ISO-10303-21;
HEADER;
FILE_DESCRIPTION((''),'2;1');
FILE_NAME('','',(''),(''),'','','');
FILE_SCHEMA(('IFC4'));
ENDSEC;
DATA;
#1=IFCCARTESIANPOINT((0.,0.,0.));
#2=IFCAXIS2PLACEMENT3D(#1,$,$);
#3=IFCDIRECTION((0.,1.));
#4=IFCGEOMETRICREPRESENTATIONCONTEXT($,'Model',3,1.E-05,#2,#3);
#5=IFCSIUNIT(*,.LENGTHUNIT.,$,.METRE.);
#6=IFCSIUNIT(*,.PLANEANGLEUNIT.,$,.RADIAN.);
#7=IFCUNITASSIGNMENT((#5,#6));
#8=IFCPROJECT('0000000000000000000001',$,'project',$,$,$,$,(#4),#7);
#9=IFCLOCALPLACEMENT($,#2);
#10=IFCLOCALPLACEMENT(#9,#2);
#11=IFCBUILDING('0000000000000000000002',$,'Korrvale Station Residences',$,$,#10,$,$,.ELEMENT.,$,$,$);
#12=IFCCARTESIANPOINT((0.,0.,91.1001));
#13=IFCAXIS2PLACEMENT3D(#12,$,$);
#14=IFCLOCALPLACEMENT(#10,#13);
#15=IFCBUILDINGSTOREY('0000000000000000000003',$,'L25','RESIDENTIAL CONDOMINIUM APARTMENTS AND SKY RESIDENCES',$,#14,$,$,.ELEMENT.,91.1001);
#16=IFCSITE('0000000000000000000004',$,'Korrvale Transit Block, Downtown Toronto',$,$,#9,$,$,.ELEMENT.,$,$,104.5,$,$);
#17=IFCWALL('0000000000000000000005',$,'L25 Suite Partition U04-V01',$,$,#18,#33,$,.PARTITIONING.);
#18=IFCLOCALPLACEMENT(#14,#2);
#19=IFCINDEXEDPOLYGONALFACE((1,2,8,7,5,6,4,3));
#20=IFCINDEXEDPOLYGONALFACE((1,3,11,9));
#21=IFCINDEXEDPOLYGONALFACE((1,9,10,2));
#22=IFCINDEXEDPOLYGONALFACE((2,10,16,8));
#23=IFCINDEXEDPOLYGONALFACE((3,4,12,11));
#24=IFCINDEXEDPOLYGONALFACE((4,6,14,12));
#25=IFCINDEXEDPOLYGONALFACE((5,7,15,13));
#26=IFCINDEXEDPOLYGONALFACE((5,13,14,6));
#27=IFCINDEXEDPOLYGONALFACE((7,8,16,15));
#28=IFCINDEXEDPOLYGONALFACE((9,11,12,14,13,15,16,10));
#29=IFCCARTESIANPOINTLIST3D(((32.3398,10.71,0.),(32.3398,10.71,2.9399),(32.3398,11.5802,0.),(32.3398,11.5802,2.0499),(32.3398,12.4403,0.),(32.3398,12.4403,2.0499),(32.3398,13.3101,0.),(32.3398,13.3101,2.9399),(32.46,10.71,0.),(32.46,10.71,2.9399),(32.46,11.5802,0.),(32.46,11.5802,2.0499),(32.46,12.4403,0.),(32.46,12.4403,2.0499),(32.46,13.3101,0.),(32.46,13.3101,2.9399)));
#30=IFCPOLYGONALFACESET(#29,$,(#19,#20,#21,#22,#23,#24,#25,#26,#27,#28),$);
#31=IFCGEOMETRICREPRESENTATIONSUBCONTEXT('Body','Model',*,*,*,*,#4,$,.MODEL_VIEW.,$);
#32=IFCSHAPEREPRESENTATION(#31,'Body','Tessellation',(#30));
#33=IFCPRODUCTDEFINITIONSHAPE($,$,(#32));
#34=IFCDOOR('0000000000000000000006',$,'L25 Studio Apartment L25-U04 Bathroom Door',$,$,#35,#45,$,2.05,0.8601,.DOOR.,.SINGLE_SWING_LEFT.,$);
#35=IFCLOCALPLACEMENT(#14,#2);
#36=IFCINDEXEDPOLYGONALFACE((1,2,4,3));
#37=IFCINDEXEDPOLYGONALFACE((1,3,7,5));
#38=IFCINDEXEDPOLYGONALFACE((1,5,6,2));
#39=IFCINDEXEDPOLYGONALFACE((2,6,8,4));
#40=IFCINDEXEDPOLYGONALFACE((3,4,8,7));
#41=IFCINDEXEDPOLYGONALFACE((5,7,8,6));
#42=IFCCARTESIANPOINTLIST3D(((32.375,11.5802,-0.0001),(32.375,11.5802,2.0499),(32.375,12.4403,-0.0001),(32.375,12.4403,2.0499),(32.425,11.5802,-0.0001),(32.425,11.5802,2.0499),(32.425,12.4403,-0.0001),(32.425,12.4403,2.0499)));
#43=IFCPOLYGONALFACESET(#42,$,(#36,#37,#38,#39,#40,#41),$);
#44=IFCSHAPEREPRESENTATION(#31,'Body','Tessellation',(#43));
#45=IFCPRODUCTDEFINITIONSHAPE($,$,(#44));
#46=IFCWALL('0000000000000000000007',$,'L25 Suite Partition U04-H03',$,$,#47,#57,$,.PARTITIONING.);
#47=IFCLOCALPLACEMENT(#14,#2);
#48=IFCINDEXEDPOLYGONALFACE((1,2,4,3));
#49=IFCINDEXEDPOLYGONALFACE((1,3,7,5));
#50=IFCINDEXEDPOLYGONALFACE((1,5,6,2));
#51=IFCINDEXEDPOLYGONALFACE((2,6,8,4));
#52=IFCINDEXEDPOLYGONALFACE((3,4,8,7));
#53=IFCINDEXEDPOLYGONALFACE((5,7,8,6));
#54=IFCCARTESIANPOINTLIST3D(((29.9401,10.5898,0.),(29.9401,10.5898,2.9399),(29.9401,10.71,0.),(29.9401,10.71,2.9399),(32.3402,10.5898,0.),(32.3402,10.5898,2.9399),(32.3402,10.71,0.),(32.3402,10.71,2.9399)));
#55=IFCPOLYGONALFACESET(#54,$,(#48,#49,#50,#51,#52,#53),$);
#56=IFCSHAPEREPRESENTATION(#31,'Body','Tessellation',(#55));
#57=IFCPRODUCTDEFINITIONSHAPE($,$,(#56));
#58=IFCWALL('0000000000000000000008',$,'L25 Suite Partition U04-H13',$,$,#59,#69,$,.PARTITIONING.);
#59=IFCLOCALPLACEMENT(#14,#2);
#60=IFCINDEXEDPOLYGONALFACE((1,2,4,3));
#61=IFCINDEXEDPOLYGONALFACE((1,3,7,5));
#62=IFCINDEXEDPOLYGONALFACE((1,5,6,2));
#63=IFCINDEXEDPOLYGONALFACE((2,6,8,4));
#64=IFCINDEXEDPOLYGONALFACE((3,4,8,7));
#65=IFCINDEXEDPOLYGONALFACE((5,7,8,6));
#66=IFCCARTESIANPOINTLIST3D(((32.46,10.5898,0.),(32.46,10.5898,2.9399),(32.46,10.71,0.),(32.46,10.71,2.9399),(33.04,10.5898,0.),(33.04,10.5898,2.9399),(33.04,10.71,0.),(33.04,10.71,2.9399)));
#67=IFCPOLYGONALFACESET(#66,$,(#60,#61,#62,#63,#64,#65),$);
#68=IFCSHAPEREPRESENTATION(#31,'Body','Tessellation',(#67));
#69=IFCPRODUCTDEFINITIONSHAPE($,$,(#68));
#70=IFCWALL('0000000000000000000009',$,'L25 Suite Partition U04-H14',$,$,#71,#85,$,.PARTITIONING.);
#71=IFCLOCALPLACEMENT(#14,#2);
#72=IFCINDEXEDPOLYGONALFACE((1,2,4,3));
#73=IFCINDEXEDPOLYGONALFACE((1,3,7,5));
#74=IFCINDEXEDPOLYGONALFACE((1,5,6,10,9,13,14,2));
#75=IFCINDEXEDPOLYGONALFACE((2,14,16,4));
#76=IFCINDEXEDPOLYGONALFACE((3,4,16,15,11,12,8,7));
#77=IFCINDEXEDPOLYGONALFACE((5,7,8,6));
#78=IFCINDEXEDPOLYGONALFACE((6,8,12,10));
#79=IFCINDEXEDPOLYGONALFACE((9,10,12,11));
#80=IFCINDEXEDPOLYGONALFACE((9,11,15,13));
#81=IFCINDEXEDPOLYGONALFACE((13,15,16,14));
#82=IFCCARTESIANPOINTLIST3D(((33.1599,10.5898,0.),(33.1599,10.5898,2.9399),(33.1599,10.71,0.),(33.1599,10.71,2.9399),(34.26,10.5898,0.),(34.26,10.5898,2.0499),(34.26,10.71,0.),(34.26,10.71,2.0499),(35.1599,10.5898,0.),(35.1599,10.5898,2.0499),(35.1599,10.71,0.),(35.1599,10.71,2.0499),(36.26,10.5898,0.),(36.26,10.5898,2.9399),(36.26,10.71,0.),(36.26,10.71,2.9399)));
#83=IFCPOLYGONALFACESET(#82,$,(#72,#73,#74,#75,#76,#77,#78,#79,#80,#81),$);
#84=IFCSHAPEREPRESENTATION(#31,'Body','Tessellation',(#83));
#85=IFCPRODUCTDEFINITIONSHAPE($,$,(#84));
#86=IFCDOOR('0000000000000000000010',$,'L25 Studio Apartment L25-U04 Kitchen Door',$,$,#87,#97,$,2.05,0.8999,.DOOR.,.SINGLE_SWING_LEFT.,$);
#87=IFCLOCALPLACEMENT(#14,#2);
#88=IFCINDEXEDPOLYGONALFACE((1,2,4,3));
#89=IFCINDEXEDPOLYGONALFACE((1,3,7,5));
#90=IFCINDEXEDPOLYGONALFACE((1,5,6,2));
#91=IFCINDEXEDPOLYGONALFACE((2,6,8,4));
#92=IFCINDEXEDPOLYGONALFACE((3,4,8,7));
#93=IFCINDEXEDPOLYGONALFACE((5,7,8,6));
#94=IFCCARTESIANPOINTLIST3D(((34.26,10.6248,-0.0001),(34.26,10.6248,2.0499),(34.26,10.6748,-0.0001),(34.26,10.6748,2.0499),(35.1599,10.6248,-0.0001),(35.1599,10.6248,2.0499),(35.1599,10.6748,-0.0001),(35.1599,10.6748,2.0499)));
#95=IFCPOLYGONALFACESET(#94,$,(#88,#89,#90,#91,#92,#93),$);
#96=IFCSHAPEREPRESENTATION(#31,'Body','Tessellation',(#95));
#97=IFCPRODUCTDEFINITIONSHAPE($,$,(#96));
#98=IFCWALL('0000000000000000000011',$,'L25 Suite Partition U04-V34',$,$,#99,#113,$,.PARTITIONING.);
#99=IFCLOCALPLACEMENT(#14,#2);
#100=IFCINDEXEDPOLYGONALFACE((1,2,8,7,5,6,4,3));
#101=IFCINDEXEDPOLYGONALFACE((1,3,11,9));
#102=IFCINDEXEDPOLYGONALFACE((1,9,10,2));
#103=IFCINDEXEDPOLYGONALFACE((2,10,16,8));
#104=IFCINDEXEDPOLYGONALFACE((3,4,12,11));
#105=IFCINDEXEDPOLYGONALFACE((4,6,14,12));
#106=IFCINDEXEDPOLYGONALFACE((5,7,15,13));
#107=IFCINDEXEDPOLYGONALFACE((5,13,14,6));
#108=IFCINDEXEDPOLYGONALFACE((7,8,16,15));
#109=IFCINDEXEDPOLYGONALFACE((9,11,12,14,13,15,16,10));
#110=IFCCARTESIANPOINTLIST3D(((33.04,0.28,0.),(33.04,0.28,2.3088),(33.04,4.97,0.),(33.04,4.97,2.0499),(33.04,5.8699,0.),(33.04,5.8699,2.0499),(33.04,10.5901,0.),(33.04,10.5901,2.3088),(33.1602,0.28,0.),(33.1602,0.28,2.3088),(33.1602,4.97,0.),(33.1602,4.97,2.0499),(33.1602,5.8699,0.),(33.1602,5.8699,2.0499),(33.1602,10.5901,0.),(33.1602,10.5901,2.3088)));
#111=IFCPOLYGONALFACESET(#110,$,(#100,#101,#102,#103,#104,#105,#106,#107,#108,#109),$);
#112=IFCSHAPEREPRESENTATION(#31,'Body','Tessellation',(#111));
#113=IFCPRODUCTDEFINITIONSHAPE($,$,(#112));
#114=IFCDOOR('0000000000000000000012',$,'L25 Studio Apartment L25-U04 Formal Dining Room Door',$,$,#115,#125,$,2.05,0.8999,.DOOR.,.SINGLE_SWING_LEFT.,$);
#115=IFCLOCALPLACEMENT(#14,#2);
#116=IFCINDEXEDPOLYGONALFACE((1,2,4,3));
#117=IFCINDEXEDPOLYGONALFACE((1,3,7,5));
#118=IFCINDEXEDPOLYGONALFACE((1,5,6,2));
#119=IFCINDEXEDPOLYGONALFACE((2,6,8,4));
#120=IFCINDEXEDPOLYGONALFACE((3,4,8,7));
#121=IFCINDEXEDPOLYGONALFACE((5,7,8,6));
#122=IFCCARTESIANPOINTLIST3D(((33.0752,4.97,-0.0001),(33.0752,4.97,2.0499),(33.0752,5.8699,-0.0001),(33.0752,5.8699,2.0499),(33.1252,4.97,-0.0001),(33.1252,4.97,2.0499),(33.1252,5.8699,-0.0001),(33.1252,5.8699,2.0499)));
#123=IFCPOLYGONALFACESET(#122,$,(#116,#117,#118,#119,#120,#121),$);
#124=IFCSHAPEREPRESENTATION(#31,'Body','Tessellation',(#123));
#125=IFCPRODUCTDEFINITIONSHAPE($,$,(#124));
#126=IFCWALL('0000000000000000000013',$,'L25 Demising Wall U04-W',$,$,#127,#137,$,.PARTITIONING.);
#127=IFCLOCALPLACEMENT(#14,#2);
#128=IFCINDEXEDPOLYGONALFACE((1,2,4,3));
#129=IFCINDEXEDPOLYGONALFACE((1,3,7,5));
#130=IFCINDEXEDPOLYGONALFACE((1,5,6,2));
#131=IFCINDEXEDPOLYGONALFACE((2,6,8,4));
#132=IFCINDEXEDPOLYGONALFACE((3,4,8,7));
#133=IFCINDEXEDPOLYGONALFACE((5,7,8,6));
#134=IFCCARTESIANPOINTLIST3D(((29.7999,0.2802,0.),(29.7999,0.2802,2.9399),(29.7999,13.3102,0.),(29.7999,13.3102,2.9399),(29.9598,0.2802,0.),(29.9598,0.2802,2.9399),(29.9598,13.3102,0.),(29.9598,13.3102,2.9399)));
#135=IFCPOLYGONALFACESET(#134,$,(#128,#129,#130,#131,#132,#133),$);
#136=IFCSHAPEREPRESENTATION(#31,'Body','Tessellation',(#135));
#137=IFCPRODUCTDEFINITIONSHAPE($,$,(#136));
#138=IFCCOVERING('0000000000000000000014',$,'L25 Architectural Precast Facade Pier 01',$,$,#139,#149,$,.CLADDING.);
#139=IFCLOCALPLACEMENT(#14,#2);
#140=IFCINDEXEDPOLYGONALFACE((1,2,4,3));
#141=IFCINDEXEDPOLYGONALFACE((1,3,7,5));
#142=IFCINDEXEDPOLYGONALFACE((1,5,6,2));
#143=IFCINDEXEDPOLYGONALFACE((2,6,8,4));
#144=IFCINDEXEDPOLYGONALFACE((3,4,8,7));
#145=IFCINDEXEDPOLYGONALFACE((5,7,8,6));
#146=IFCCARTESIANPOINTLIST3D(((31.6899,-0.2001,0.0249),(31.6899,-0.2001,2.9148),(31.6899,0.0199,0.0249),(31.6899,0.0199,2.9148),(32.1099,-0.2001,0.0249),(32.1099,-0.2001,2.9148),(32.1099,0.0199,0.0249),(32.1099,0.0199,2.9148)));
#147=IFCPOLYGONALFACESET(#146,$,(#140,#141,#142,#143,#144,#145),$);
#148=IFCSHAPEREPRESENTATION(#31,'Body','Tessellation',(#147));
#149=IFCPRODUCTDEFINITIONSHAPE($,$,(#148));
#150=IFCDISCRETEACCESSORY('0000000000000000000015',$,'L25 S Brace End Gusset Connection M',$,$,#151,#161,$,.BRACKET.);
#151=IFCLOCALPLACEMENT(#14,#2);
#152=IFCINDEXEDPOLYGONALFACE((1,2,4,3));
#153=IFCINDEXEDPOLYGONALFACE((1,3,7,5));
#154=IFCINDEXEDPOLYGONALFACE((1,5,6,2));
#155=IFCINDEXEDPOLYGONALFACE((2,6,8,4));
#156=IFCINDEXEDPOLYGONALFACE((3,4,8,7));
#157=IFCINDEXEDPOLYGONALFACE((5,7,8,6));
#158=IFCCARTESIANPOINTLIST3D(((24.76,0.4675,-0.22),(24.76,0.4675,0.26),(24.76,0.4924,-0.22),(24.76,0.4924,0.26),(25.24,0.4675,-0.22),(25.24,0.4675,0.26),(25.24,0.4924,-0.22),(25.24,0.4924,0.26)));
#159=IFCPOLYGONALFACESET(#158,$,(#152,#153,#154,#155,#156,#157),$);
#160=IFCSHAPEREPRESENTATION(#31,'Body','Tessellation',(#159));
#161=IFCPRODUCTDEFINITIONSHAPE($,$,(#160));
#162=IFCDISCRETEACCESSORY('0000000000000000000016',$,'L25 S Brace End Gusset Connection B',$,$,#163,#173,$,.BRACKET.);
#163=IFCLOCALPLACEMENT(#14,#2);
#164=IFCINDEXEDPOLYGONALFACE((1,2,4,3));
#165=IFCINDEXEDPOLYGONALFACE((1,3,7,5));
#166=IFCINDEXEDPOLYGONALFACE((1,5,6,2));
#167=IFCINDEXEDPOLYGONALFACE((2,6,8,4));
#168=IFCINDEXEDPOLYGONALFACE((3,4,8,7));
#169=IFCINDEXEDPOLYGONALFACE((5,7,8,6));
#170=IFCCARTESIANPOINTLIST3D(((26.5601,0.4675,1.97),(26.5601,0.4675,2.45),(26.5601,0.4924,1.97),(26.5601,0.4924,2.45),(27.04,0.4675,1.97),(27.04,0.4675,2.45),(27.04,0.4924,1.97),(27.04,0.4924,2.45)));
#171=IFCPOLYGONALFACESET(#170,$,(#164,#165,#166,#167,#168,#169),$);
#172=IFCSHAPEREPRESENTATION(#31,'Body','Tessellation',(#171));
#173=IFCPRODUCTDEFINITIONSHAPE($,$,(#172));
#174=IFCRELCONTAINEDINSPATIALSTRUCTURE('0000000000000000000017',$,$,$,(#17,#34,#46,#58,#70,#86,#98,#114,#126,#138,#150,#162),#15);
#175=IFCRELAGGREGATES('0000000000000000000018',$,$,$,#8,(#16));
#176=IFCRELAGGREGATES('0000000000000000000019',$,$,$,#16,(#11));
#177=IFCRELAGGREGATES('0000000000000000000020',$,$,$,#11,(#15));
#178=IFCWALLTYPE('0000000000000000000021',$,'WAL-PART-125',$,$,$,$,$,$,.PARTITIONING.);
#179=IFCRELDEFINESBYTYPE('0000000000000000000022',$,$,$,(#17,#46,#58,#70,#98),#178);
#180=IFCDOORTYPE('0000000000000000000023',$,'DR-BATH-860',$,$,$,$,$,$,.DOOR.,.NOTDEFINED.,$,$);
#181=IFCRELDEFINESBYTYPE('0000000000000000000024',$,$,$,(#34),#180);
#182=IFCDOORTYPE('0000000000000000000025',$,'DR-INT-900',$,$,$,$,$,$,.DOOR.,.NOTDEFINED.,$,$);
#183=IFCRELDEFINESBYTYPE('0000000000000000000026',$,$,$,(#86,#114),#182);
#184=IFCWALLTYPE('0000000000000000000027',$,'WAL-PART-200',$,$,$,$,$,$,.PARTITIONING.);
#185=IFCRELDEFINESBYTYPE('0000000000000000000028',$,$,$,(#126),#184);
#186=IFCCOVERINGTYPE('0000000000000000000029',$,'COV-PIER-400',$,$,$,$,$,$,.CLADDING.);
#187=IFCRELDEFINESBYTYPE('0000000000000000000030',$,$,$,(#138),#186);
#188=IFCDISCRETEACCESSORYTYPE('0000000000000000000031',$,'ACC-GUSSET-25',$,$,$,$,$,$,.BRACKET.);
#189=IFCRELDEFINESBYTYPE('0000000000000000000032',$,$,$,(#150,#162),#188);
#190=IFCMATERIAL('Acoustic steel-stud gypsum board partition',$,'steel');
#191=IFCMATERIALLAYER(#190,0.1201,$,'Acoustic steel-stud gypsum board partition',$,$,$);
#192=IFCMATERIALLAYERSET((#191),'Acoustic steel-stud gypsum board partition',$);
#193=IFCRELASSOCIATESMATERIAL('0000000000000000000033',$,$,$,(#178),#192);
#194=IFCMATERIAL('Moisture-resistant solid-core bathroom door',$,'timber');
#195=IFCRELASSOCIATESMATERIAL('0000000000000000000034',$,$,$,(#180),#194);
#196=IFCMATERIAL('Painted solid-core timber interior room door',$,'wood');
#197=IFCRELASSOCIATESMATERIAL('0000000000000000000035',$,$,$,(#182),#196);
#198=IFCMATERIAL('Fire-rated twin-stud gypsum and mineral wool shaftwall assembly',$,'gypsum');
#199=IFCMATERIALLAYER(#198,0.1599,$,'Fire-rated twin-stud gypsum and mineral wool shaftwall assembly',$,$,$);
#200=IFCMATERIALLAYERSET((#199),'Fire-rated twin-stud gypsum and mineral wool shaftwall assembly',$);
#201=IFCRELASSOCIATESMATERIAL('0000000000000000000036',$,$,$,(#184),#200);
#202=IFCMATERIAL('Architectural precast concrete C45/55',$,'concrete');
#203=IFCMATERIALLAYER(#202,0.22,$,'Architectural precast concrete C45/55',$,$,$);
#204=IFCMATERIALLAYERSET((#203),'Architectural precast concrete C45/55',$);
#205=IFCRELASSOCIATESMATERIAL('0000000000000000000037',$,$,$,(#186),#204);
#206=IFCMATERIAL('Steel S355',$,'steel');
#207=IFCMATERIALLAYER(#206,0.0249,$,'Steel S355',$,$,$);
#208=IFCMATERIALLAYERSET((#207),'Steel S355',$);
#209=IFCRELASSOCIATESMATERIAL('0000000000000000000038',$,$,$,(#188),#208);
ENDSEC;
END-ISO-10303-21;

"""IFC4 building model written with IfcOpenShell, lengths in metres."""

from ifc_helpers import new_model, si_unit, direction, frame, frame_2d, origin, origin_2d, place, context, subcontext, project, spatial, rectangle, extrude, material, layer, layer_set, type_object, element, fill, save


model = new_model("IFC4")

# Units and contexts
model_context = context("Model", 3, precision=1e-05, world=origin(), true_north=direction((0.0, 1.0)))
body_context = subcontext(model_context, "Body", "Model", "MODEL_VIEW")
ifc_project = project(units=[si_unit("LENGTHUNIT", "METRE"), si_unit("PLANEANGLEUNIT", "RADIAN")], contexts=[model_context])

# Site, building, storey
site_placement = place(None, origin())
site = spatial("IfcSite", under=ifc_project, at=site_placement, Name="Korrvale Transit Block, Downtown Toronto", CompositionType="ELEMENT", RefElevation=104.5)
building_placement = place(site_placement, origin())
building = spatial("IfcBuilding", under=site, at=building_placement, Name="Korrvale Station Residences", CompositionType="ELEMENT")
storey_placement = place(building_placement, frame((0.0, 0.0, 91.1001)))
storey = spatial("IfcBuildingStorey", under=building, at=storey_placement, Name="L25", Description="RESIDENTIAL CONDOMINIUM APARTMENTS AND SKY RESIDENCES", CompositionType="ELEMENT", Elevation=91.1001)

# Shared definitions
ifc_material_1 = material(Name="Steel S355", Category="steel")

# Shared definitions
ifc_material_2 = material(Name="Acoustic steel-stud gypsum board partition", Category="steel")
ifc_layer_1 = layer(ifc_material_2, 0.1201, Name="Acoustic steel-stud gypsum board partition")
ifc_layer_set_1 = layer_set([ifc_layer_1], Name="Acoustic steel-stud gypsum board partition")
wall_type_1 = type_object("IfcWallType", Name="WAL-PART-125", PredefinedType="PARTITIONING", material=ifc_layer_set_1)
ifc_material_3 = material(Name="Moisture-resistant solid-core bathroom door", Category="timber")
door_type_1 = type_object("IfcDoorType", Name="DR-BATH-860", OperationType="NOTDEFINED", PredefinedType="DOOR", material=ifc_material_3)

# Wall, opening, door
ifc_material_4 = material(Name="Painted solid-core timber interior room door", Category="wood")
door_type_2 = type_object("IfcDoorType", Name="DR-INT-900", OperationType="NOTDEFINED", PredefinedType="DOOR", material=ifc_material_4)
wall_1_placement = place(storey_placement, frame((32.3999, 10.71, 0.0), z_axis=(0.0, 0.0, 1.0), x_axis=(0.0, 1.0, 0.0)))
wall_1 = element("IfcWall", 1, at=wall_1_placement, inside=storey, type_object=wall_type_1, Name="L25 Suite Partition U04-V01", PredefinedType="PARTITIONING", context=body_context, shape_type="SweptSolid", body=[
    extrude(rectangle(XDim=2.6001, YDim=0.1201, at=frame_2d((1.3, 0.0))), origin(), (0.0, 0.0, 1.0), 2.9399),
])
opening_1_placement = place(wall_1_placement, frame((0.8701, 0.0, 0.0)))
opening_1 = element("IfcOpeningElement", 2, at=opening_1_placement, cuts=wall_1, PredefinedType="OPENING", context=body_context, shape_type="SweptSolid", body=[
    extrude(rectangle(XDim=0.8601, YDim=2.05, at=frame_2d((0.4302, 1.0249))), frame((0.0, 0.0701, 0.0), z_axis=(0.0, -1.0, 0.0), x_axis=(1.0, 0.0, 0.0)), (0.0, 0.0, 1.0), 0.1401),
])
door_1_placement = place(opening_1_placement, origin())
door_1 = element("IfcDoor", 3, at=door_1_placement, inside=storey, type_object=door_type_1, Name="L25 Studio Apartment L25-U04 Bathroom Door", OperationType="SINGLE_SWING_LEFT", OverallHeight=2.05, OverallWidth=0.8601, PredefinedType="DOOR", context=body_context, shape_type="SweptSolid", body=[
    extrude(rectangle(XDim=0.8601, YDim=2.05, at=frame_2d((0.4302, 1.0249))), frame((0.0, 0.0249, 0.0), z_axis=(0.0, -1.0, 0.0), x_axis=(1.0, 0.0, 0.0)), (0.0, 0.0, 1.0), 0.05),
])
fill(opening_1, door_1)

# Walls
wall_2_placement = place(storey_placement, frame((29.9399, 10.6499, 0.0), z_axis=(0.0, 0.0, 1.0), x_axis=(1.0, 0.0, 0.0)))
element("IfcWall", 4, at=wall_2_placement, inside=storey, type_object=wall_type_1, Name="L25 Suite Partition U04-H03", PredefinedType="PARTITIONING", context=body_context, shape_type="SweptSolid", body=[
    extrude(rectangle(XDim=2.4001, YDim=0.1201, at=frame_2d((1.2002, 0.0))), origin(), (0.0, 0.0, 1.0), 2.9399),
])
wall_3_placement = place(storey_placement, frame((32.46, 10.6499, 0.0), z_axis=(0.0, 0.0, 1.0), x_axis=(1.0, 0.0, 0.0)))
element("IfcWall", 5, at=wall_3_placement, inside=storey, type_object=wall_type_1, Name="L25 Suite Partition U04-H13", PredefinedType="PARTITIONING", context=body_context, shape_type="SweptSolid", body=[
    extrude(rectangle(XDim=0.5801, YDim=0.1201, at=frame_2d((0.29, 0.0))), origin(), (0.0, 0.0, 1.0), 2.9399),
])

# Walls, openings, doors
wall_4_placement = place(storey_placement, frame((33.1599, 10.6499, 0.0), z_axis=(0.0, 0.0, 1.0), x_axis=(1.0, 0.0, 0.0)))
wall_4 = element("IfcWall", 6, at=wall_4_placement, inside=storey, type_object=wall_type_1, Name="L25 Suite Partition U04-H14", PredefinedType="PARTITIONING", context=body_context, shape_type="SweptSolid", body=[
    extrude(rectangle(XDim=3.1001, YDim=0.1201, at=frame_2d((1.55, 0.0))), origin(), (0.0, 0.0, 1.0), 2.9399),
])
opening_2_placement = place(wall_4_placement, frame((1.1001, 0.0, 0.0)))
opening_2 = element("IfcOpeningElement", 7, at=opening_2_placement, cuts=wall_4, PredefinedType="OPENING", context=body_context, shape_type="SweptSolid", body=[
    extrude(rectangle(XDim=0.8999, YDim=2.05, at=frame_2d((0.45, 1.0249))), frame((0.0, 0.0701, 0.0), z_axis=(0.0, -1.0, 0.0), x_axis=(1.0, 0.0, 0.0)), (0.0, 0.0, 1.0), 0.1401),
])
door_2_placement = place(opening_2_placement, origin())
door_2 = element("IfcDoor", 8, at=door_2_placement, inside=storey, type_object=door_type_2, Name="L25 Studio Apartment L25-U04 Kitchen Door", OperationType="SINGLE_SWING_LEFT", OverallHeight=2.05, OverallWidth=0.8999, PredefinedType="DOOR", context=body_context, shape_type="SweptSolid", body=[
    extrude(rectangle(XDim=0.8999, YDim=2.05, at=frame_2d((0.45, 1.0249))), frame((0.0, 0.0249, 0.0), z_axis=(0.0, -1.0, 0.0), x_axis=(1.0, 0.0, 0.0)), (0.0, 0.0, 1.0), 0.05),
])
fill(opening_2, door_2)
wall_5_placement = place(storey_placement, frame((33.1001, 0.28, 0.0), z_axis=(0.0, 0.0, 1.0), x_axis=(0.0, 1.0, 0.0)))
wall_5 = element("IfcWall", 9, at=wall_5_placement, inside=storey, type_object=wall_type_1, Name="L25 Suite Partition U04-V34", PredefinedType="PARTITIONING", context=body_context, shape_type="SweptSolid", body=[
    extrude(rectangle(XDim=10.3101, YDim=0.1201, at=frame_2d((5.155, 0.0))), origin(), (0.0, 0.0, 1.0), 2.3088),
])
opening_3_placement = place(wall_5_placement, frame((4.6899, 0.0, 0.0)))
opening_3 = element("IfcOpeningElement", 10, at=opening_3_placement, cuts=wall_5, PredefinedType="OPENING", context=body_context, shape_type="SweptSolid", body=[
    extrude(rectangle(XDim=0.8999, YDim=2.05, at=frame_2d((0.45, 1.0249))), frame((0.0, 0.0701, 0.0), z_axis=(0.0, -1.0, 0.0), x_axis=(1.0, 0.0, 0.0)), (0.0, 0.0, 1.0), 0.1401),
])
door_3_placement = place(opening_3_placement, origin())
door_3 = element("IfcDoor", 11, at=door_3_placement, inside=storey, type_object=door_type_2, Name="L25 Studio Apartment L25-U04 Formal Dining Room Door", OperationType="SINGLE_SWING_LEFT", OverallHeight=2.05, OverallWidth=0.8999, PredefinedType="DOOR", context=body_context, shape_type="SweptSolid", body=[
    extrude(rectangle(XDim=0.8999, YDim=2.05, at=frame_2d((0.45, 1.0249))), frame((0.0, 0.0249, 0.0), z_axis=(0.0, -1.0, 0.0), x_axis=(1.0, 0.0, 0.0)), (0.0, 0.0, 1.0), 0.05),
])
fill(opening_3, door_3)

# Wall
ifc_material_5 = material(Name="Fire-rated twin-stud gypsum and mineral wool shaftwall assembly", Category="gypsum")
ifc_layer_2 = layer(ifc_material_5, 0.1599, Name="Fire-rated twin-stud gypsum and mineral wool shaftwall assembly")
ifc_layer_set_2 = layer_set([ifc_layer_2], Name="Fire-rated twin-stud gypsum and mineral wool shaftwall assembly")
wall_type_2 = type_object("IfcWallType", Name="WAL-PART-200", PredefinedType="PARTITIONING", material=ifc_layer_set_2)
wall_6_placement = place(storey_placement, frame((29.8799, 0.28, 0.0), z_axis=(0.0, 0.0, 1.0), x_axis=(0.0, 1.0, 0.0)))
element("IfcWall", 12, at=wall_6_placement, inside=storey, type_object=wall_type_2, Name="L25 Demising Wall U04-W", PredefinedType="PARTITIONING", context=body_context, shape_type="SweptSolid", body=[
    extrude(rectangle(XDim=13.03, YDim=0.1599, at=frame_2d((6.5151, 0.0))), origin(), (0.0, 0.0, 1.0), 2.9399),
])

# Covering
ifc_material_6 = material(Name="Architectural precast concrete C45/55", Category="concrete")
ifc_layer_3 = layer(ifc_material_6, 0.22, Name="Architectural precast concrete C45/55")
ifc_layer_set_3 = layer_set([ifc_layer_3], Name="Architectural precast concrete C45/55")
covering_type = type_object("IfcCoveringType", Name="COV-PIER-400", PredefinedType="CLADDING", material=ifc_layer_set_3)
covering_placement = place(storey_placement, frame((31.8999, -0.0901, 0.0249), z_axis=(0.0, 0.0, 1.0), x_axis=(1.0, 0.0, 0.0)))
element("IfcCovering", 13, at=covering_placement, inside=storey, type_object=covering_type, Name="L25 Architectural Precast Facade Pier 01", PredefinedType="CLADDING", context=body_context, shape_type="SweptSolid", body=[
    extrude(rectangle(XDim=0.4199, YDim=0.22, at=origin_2d()), origin(), (0.0, 0.0, 1.0), 2.8899),
])

# Discrete accessories
ifc_layer_4 = layer(ifc_material_1, 0.0249, Name="Steel S355")
ifc_layer_set_4 = layer_set([ifc_layer_4], Name="Steel S355")
discrete_accessory_type = type_object("IfcDiscreteAccessoryType", Name="ACC-GUSSET-25", PredefinedType="BRACKET", material=ifc_layer_set_4)
for number, where, z_axis, x_axis, name in (
    (14, (25.0, 0.48, -0.22), (0.0, 0.0, 1.0), (1.0, 0.0, 0.0), "L25 S Brace End Gusset Connection M"),
    (15, (26.8, 0.48, 1.97), (0.0, 0.0, 1.0), (1.0, 0.0, 0.0), "L25 S Brace End Gusset Connection B"),
):
    element("IfcDiscreteAccessory", number, at=place(storey_placement, frame(where, z_axis=z_axis, x_axis=x_axis)), inside=storey, type_object=discrete_accessory_type, Name=name, PredefinedType="BRACKET", context=body_context, shape_type="SweptSolid", body=[
        extrude(rectangle(XDim=0.48, YDim=0.0249, at=origin_2d()), origin(), (0.0, 0.0, 1.0), 0.48),
    ])

save(model, "model.ifc")
